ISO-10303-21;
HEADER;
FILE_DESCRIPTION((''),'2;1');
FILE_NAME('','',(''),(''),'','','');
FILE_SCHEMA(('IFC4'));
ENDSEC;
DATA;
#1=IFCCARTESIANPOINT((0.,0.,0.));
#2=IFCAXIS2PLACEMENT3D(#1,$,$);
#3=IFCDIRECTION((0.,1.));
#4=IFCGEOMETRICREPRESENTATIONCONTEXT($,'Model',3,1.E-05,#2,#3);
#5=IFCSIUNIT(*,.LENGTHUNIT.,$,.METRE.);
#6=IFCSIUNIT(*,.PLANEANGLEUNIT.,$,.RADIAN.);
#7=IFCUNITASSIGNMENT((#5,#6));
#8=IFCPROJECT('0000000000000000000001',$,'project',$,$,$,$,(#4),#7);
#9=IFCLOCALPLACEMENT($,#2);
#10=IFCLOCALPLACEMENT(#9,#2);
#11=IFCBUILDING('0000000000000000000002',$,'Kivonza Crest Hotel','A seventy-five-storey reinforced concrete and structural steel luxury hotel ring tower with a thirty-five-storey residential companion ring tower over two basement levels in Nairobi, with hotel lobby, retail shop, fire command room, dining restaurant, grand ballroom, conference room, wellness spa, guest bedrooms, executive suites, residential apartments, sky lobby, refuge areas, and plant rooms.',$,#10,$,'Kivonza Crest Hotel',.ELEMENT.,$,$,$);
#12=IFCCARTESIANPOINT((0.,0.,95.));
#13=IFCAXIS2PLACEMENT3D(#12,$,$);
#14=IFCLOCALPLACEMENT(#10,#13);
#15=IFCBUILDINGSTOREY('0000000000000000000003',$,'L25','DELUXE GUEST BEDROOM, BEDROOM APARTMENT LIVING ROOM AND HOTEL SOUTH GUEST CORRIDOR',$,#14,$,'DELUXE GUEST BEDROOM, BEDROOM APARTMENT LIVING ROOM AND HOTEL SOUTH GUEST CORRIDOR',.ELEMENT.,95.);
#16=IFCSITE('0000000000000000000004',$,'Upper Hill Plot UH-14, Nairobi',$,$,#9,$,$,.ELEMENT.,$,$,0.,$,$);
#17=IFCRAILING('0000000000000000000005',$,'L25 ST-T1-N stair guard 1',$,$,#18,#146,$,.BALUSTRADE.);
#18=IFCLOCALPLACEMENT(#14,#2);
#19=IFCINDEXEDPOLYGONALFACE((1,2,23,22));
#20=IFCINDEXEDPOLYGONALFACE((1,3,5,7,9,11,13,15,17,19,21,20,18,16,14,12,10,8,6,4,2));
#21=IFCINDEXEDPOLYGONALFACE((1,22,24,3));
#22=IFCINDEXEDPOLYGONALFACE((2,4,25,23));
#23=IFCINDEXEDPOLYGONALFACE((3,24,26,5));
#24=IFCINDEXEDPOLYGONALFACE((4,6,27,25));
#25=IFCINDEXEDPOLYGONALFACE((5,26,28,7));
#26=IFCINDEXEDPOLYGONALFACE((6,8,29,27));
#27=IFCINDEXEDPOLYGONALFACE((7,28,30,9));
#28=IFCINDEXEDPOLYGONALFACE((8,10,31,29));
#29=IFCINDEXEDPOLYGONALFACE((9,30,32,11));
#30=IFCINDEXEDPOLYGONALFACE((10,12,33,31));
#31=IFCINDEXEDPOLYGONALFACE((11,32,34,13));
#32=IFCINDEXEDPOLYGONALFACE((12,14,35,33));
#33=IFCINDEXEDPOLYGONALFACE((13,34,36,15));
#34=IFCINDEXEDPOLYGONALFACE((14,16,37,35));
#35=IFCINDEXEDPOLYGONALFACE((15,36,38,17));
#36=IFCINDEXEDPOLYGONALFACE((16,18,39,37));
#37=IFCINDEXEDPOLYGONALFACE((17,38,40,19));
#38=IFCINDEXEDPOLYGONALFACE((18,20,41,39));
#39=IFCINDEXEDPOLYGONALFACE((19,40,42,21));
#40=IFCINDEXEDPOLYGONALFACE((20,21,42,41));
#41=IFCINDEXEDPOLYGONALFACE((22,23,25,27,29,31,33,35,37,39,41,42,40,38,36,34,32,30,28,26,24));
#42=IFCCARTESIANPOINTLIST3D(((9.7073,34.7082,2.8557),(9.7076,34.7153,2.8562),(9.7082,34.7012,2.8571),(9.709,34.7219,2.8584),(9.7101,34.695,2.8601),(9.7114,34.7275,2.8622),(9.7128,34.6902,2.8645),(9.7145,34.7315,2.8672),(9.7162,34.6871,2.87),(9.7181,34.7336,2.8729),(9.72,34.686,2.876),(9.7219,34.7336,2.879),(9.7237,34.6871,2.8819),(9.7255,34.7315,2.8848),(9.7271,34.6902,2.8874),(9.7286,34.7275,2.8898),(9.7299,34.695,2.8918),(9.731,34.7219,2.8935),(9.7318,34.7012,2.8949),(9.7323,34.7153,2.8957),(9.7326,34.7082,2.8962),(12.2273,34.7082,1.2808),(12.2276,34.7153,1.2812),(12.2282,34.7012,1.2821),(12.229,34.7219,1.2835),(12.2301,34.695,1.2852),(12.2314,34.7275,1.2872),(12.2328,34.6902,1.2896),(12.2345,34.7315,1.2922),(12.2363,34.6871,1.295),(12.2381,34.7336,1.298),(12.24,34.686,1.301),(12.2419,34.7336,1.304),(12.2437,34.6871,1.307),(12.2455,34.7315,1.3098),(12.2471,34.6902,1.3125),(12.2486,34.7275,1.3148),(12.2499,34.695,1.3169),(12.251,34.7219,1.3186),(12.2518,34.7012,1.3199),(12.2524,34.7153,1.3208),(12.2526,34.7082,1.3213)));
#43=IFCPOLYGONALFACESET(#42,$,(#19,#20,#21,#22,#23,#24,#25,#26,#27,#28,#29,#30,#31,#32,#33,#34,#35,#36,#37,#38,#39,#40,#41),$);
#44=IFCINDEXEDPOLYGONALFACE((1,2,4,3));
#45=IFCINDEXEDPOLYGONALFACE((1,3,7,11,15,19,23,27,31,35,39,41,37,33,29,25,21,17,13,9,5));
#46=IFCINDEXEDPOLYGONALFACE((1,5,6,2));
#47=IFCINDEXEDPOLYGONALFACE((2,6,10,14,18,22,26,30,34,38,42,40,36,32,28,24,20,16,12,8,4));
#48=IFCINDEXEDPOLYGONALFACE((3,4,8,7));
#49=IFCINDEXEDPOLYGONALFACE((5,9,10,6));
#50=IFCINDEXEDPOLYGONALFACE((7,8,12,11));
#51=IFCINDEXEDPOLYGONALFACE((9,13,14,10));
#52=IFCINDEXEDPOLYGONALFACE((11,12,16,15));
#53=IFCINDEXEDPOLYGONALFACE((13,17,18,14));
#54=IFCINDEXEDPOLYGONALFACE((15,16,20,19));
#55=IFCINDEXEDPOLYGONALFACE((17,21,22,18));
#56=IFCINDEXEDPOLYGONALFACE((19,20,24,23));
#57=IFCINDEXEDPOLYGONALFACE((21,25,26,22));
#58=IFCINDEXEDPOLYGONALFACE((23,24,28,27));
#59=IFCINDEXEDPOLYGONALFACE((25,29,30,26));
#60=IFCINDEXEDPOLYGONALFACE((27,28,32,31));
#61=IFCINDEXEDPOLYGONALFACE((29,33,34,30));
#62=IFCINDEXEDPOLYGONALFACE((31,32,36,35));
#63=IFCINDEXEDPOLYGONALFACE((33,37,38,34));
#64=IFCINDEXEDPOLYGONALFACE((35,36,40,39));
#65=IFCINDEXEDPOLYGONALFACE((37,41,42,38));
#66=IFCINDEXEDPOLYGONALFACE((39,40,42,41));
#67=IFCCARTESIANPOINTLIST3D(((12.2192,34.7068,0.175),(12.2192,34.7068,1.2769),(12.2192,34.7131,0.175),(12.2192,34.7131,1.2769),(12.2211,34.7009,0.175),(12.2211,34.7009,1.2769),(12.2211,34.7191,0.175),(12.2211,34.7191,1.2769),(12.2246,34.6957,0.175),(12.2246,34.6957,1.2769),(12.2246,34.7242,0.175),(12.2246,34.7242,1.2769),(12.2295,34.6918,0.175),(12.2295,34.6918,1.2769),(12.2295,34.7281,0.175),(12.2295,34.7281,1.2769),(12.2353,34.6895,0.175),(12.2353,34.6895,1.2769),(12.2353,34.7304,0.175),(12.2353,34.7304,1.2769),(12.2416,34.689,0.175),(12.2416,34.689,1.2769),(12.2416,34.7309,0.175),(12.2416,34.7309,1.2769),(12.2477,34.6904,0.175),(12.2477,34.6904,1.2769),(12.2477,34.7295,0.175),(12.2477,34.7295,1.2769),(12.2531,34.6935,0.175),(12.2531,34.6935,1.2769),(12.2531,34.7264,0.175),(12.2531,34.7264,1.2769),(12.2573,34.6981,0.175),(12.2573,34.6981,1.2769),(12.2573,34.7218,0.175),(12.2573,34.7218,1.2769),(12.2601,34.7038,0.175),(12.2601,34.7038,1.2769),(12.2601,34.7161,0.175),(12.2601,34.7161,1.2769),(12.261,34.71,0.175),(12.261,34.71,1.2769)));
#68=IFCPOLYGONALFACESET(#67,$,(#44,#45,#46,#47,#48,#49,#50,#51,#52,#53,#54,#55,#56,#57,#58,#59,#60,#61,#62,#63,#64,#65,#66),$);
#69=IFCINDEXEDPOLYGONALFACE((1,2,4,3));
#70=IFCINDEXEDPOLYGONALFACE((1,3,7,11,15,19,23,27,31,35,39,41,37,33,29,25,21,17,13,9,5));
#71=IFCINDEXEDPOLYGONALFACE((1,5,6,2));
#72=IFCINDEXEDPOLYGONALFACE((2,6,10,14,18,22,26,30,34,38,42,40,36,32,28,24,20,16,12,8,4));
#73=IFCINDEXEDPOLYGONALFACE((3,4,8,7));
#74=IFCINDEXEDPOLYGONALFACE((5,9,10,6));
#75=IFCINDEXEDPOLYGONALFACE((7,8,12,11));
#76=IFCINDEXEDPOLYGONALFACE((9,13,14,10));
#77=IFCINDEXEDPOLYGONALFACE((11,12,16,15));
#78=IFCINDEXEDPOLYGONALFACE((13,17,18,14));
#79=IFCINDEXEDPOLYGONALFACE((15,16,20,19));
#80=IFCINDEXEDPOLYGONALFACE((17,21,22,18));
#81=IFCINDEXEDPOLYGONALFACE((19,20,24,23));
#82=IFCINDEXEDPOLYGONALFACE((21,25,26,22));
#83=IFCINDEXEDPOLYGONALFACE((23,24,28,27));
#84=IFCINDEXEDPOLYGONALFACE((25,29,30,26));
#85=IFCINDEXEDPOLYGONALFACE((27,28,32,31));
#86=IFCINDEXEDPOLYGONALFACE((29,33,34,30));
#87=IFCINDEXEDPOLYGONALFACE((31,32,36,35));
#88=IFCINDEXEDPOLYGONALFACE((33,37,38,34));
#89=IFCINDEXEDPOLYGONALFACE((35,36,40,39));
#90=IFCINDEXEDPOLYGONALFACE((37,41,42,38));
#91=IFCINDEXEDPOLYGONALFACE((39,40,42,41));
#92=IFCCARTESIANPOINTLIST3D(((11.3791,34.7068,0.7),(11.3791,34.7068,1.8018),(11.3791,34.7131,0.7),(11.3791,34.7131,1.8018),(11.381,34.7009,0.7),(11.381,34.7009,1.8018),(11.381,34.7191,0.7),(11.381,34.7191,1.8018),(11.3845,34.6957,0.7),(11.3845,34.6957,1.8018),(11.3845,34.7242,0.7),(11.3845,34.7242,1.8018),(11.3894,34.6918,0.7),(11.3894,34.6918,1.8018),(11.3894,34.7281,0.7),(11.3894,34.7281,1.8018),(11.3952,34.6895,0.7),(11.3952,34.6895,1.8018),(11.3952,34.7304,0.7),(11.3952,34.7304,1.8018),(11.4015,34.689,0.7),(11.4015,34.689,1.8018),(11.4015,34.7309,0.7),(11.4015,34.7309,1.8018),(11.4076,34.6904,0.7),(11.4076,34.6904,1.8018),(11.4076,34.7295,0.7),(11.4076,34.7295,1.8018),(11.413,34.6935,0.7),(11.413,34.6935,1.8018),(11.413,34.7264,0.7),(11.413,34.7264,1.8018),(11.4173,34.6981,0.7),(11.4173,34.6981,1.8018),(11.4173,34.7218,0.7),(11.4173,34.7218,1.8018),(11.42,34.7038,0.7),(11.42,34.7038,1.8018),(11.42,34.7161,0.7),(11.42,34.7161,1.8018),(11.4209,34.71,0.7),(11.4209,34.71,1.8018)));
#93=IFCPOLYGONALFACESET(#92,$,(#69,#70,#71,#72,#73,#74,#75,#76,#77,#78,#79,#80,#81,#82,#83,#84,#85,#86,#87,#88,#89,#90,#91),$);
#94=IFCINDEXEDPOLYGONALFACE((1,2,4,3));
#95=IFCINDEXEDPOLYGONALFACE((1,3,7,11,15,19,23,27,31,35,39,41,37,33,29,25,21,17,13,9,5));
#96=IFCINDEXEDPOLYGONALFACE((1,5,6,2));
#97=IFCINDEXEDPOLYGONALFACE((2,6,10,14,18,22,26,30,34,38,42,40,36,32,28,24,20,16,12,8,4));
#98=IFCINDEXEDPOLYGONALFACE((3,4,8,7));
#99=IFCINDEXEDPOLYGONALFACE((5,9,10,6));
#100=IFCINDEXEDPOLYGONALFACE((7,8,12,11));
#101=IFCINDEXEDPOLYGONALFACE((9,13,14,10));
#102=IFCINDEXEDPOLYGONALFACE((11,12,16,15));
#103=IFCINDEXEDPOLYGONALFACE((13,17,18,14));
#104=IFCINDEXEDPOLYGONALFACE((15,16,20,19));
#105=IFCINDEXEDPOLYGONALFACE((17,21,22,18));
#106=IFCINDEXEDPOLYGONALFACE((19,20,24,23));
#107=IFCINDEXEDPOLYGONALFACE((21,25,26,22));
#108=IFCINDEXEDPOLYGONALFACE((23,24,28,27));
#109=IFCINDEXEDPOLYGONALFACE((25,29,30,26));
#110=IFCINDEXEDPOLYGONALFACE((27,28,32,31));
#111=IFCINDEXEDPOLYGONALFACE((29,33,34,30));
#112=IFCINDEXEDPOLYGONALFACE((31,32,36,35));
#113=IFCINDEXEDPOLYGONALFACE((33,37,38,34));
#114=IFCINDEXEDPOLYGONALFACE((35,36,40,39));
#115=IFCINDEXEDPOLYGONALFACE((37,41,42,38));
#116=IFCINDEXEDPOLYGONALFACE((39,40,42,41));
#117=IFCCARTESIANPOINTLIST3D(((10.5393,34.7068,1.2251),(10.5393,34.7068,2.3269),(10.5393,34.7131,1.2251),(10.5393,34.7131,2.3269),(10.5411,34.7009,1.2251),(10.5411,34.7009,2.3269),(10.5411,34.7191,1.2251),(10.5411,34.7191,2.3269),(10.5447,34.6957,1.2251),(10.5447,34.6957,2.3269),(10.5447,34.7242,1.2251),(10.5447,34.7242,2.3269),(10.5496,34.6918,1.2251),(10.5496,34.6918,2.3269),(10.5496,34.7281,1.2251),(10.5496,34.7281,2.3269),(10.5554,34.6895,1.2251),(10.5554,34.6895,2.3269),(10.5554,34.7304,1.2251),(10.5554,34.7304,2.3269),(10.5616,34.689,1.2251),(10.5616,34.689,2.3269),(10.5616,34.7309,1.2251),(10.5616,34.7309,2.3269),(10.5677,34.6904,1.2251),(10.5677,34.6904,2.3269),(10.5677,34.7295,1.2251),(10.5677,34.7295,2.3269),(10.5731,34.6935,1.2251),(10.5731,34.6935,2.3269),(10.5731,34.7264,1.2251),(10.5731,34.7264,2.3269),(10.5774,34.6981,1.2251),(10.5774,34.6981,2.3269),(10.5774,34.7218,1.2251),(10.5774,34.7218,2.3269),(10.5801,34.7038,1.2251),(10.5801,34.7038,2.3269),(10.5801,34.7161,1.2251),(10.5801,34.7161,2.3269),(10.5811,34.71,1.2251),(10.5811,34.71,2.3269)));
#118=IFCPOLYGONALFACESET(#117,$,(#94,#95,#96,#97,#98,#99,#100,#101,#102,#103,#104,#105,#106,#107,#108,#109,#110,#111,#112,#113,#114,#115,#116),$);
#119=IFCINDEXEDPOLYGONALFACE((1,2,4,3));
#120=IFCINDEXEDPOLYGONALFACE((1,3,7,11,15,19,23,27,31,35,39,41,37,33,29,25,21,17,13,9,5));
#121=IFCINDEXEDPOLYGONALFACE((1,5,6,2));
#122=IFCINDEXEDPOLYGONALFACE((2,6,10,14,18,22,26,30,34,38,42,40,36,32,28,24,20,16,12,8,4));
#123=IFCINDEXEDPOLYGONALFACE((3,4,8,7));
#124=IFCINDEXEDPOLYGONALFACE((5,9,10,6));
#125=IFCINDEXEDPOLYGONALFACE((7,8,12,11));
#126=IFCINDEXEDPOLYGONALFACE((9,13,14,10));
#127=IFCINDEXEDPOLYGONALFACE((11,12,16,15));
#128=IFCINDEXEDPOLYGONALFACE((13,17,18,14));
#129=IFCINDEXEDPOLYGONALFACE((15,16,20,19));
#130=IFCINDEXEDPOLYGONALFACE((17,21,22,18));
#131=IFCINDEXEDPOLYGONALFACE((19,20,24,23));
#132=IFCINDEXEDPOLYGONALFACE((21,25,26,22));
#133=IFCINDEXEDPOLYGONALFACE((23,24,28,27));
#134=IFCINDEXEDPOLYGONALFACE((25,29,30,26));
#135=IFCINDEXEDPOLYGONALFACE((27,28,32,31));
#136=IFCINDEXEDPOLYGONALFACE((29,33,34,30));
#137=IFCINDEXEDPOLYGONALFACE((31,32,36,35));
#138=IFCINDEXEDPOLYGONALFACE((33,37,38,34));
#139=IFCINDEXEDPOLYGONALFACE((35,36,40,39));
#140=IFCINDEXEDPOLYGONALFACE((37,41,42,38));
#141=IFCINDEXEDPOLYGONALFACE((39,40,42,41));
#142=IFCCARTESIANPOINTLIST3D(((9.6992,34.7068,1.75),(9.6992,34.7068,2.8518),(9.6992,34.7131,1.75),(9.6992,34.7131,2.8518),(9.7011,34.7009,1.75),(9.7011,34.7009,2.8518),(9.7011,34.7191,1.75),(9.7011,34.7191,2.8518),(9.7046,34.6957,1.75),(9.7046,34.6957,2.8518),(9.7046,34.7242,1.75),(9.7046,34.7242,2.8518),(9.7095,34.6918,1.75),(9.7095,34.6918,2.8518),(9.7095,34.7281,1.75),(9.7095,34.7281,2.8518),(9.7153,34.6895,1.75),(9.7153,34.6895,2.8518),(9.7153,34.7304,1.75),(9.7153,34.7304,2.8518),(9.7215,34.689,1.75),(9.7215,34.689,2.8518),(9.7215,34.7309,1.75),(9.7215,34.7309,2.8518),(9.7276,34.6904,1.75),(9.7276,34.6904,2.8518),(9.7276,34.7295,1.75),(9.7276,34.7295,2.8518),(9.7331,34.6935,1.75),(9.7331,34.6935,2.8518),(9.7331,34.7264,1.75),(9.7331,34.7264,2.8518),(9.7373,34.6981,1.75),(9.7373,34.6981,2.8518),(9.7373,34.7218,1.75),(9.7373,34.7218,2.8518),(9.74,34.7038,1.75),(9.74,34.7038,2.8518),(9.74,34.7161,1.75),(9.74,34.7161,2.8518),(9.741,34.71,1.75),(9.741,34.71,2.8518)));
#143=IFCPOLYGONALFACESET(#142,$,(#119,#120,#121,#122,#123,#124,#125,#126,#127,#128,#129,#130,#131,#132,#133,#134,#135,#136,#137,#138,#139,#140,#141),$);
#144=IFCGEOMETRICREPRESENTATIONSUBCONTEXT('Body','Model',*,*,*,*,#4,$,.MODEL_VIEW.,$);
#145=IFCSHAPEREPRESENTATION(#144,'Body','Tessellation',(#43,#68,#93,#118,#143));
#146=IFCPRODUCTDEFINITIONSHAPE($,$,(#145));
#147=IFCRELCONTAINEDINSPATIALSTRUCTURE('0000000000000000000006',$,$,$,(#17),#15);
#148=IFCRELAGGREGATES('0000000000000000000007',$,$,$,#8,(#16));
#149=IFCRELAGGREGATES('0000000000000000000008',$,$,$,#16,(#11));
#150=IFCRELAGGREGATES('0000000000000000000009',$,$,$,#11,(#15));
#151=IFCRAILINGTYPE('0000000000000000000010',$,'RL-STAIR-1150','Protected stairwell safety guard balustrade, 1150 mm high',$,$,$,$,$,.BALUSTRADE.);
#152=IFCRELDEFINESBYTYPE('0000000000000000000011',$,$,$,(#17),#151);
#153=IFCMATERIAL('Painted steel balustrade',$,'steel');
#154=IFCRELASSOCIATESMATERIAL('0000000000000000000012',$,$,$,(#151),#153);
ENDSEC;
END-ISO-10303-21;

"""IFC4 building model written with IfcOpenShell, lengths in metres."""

from ifc_helpers import new_model, si_unit, direction, frame, origin, origin_2d, place, context, subcontext, project, spatial, circle, extrude, material, type_object, element, save


model = new_model("IFC4")

# Units and contexts
model_context = context("Model", 3, precision=1e-05, world=origin(), true_north=direction((0.0, 1.0)))
body_context = subcontext(model_context, "Body", "Model", "MODEL_VIEW")
ifc_project = project(units=[si_unit("LENGTHUNIT", "METRE"), si_unit("PLANEANGLEUNIT", "RADIAN")], contexts=[model_context])

# Site, building, storey
site_placement = place(None, origin())
site = spatial("IfcSite", under=ifc_project, at=site_placement, Name="Upper Hill Plot UH-14, Nairobi", CompositionType="ELEMENT", RefElevation=0.0)
building_placement = place(site_placement, origin())
building = spatial("IfcBuilding", under=site, at=building_placement, Name="Kivonza Crest Hotel", Description="A seventy-five-storey reinforced concrete and structural steel luxury hotel ring tower with a thirty-five-storey residential companion ring tower over two basement levels in Nairobi, with hotel lobby, retail shop, fire command room, dining restaurant, grand ballroom, conference room, wellness spa, guest bedrooms, executive suites, residential apartments, sky lobby, refuge areas, and plant rooms.", LongName="Kivonza Crest Hotel", CompositionType="ELEMENT")
storey_placement = place(building_placement, frame((0.0, 0.0, 95.0)))
storey = spatial("IfcBuildingStorey", under=building, at=storey_placement, Name="L25", Description="DELUXE GUEST BEDROOM, BEDROOM APARTMENT LIVING ROOM AND HOTEL SOUTH GUEST CORRIDOR", LongName="DELUXE GUEST BEDROOM, BEDROOM APARTMENT LIVING ROOM AND HOTEL SOUTH GUEST CORRIDOR", CompositionType="ELEMENT", Elevation=95.0)

# Railing
ifc_material_1 = material(Name="Painted steel balustrade", Category="steel")
railing_type_1 = type_object("IfcRailingType", Name="RL-STAIR-1150", Description="Protected stairwell safety guard balustrade, 1150 mm high", PredefinedType="BALUSTRADE", material=ifc_material_1)
railing_1_placement = place(storey_placement, frame((12.24, 34.71, 0.175)))
element("IfcRailing", 1, at=railing_1_placement, inside=storey, type_object=railing_type_1, Name="L25 ST-T1-N stair guard 1", PredefinedType="BALUSTRADE", context=body_context, shape_type="SweptSolid", body=[
    extrude(circle(Radius=0.0239, at=origin_2d()), frame((0.0, 0.0, 1.126), z_axis=(-0.848008, 0.0, 0.529984), x_axis=(0.0, -1.0, 0.0)), (0.0, 0.0, 1.0), 2.9717),
    extrude(circle(Radius=0.021, at=origin_2d()), origin(), (0.0, 0.0, 1.0), 1.1018),
    extrude(circle(Radius=0.021, at=origin_2d()), frame((-0.8401, 0.0, 0.5249)), (0.0, 0.0, 1.0), 1.1018),
    extrude(circle(Radius=0.021, at=origin_2d()), frame((-1.6799, 0.0, 1.05)), (0.0, 0.0, 1.0), 1.1018),
    extrude(circle(Radius=0.021, at=origin_2d()), frame((-2.52, 0.0, 1.575)), (0.0, 0.0, 1.0), 1.1018),
])

save(model, "model.ifc")
